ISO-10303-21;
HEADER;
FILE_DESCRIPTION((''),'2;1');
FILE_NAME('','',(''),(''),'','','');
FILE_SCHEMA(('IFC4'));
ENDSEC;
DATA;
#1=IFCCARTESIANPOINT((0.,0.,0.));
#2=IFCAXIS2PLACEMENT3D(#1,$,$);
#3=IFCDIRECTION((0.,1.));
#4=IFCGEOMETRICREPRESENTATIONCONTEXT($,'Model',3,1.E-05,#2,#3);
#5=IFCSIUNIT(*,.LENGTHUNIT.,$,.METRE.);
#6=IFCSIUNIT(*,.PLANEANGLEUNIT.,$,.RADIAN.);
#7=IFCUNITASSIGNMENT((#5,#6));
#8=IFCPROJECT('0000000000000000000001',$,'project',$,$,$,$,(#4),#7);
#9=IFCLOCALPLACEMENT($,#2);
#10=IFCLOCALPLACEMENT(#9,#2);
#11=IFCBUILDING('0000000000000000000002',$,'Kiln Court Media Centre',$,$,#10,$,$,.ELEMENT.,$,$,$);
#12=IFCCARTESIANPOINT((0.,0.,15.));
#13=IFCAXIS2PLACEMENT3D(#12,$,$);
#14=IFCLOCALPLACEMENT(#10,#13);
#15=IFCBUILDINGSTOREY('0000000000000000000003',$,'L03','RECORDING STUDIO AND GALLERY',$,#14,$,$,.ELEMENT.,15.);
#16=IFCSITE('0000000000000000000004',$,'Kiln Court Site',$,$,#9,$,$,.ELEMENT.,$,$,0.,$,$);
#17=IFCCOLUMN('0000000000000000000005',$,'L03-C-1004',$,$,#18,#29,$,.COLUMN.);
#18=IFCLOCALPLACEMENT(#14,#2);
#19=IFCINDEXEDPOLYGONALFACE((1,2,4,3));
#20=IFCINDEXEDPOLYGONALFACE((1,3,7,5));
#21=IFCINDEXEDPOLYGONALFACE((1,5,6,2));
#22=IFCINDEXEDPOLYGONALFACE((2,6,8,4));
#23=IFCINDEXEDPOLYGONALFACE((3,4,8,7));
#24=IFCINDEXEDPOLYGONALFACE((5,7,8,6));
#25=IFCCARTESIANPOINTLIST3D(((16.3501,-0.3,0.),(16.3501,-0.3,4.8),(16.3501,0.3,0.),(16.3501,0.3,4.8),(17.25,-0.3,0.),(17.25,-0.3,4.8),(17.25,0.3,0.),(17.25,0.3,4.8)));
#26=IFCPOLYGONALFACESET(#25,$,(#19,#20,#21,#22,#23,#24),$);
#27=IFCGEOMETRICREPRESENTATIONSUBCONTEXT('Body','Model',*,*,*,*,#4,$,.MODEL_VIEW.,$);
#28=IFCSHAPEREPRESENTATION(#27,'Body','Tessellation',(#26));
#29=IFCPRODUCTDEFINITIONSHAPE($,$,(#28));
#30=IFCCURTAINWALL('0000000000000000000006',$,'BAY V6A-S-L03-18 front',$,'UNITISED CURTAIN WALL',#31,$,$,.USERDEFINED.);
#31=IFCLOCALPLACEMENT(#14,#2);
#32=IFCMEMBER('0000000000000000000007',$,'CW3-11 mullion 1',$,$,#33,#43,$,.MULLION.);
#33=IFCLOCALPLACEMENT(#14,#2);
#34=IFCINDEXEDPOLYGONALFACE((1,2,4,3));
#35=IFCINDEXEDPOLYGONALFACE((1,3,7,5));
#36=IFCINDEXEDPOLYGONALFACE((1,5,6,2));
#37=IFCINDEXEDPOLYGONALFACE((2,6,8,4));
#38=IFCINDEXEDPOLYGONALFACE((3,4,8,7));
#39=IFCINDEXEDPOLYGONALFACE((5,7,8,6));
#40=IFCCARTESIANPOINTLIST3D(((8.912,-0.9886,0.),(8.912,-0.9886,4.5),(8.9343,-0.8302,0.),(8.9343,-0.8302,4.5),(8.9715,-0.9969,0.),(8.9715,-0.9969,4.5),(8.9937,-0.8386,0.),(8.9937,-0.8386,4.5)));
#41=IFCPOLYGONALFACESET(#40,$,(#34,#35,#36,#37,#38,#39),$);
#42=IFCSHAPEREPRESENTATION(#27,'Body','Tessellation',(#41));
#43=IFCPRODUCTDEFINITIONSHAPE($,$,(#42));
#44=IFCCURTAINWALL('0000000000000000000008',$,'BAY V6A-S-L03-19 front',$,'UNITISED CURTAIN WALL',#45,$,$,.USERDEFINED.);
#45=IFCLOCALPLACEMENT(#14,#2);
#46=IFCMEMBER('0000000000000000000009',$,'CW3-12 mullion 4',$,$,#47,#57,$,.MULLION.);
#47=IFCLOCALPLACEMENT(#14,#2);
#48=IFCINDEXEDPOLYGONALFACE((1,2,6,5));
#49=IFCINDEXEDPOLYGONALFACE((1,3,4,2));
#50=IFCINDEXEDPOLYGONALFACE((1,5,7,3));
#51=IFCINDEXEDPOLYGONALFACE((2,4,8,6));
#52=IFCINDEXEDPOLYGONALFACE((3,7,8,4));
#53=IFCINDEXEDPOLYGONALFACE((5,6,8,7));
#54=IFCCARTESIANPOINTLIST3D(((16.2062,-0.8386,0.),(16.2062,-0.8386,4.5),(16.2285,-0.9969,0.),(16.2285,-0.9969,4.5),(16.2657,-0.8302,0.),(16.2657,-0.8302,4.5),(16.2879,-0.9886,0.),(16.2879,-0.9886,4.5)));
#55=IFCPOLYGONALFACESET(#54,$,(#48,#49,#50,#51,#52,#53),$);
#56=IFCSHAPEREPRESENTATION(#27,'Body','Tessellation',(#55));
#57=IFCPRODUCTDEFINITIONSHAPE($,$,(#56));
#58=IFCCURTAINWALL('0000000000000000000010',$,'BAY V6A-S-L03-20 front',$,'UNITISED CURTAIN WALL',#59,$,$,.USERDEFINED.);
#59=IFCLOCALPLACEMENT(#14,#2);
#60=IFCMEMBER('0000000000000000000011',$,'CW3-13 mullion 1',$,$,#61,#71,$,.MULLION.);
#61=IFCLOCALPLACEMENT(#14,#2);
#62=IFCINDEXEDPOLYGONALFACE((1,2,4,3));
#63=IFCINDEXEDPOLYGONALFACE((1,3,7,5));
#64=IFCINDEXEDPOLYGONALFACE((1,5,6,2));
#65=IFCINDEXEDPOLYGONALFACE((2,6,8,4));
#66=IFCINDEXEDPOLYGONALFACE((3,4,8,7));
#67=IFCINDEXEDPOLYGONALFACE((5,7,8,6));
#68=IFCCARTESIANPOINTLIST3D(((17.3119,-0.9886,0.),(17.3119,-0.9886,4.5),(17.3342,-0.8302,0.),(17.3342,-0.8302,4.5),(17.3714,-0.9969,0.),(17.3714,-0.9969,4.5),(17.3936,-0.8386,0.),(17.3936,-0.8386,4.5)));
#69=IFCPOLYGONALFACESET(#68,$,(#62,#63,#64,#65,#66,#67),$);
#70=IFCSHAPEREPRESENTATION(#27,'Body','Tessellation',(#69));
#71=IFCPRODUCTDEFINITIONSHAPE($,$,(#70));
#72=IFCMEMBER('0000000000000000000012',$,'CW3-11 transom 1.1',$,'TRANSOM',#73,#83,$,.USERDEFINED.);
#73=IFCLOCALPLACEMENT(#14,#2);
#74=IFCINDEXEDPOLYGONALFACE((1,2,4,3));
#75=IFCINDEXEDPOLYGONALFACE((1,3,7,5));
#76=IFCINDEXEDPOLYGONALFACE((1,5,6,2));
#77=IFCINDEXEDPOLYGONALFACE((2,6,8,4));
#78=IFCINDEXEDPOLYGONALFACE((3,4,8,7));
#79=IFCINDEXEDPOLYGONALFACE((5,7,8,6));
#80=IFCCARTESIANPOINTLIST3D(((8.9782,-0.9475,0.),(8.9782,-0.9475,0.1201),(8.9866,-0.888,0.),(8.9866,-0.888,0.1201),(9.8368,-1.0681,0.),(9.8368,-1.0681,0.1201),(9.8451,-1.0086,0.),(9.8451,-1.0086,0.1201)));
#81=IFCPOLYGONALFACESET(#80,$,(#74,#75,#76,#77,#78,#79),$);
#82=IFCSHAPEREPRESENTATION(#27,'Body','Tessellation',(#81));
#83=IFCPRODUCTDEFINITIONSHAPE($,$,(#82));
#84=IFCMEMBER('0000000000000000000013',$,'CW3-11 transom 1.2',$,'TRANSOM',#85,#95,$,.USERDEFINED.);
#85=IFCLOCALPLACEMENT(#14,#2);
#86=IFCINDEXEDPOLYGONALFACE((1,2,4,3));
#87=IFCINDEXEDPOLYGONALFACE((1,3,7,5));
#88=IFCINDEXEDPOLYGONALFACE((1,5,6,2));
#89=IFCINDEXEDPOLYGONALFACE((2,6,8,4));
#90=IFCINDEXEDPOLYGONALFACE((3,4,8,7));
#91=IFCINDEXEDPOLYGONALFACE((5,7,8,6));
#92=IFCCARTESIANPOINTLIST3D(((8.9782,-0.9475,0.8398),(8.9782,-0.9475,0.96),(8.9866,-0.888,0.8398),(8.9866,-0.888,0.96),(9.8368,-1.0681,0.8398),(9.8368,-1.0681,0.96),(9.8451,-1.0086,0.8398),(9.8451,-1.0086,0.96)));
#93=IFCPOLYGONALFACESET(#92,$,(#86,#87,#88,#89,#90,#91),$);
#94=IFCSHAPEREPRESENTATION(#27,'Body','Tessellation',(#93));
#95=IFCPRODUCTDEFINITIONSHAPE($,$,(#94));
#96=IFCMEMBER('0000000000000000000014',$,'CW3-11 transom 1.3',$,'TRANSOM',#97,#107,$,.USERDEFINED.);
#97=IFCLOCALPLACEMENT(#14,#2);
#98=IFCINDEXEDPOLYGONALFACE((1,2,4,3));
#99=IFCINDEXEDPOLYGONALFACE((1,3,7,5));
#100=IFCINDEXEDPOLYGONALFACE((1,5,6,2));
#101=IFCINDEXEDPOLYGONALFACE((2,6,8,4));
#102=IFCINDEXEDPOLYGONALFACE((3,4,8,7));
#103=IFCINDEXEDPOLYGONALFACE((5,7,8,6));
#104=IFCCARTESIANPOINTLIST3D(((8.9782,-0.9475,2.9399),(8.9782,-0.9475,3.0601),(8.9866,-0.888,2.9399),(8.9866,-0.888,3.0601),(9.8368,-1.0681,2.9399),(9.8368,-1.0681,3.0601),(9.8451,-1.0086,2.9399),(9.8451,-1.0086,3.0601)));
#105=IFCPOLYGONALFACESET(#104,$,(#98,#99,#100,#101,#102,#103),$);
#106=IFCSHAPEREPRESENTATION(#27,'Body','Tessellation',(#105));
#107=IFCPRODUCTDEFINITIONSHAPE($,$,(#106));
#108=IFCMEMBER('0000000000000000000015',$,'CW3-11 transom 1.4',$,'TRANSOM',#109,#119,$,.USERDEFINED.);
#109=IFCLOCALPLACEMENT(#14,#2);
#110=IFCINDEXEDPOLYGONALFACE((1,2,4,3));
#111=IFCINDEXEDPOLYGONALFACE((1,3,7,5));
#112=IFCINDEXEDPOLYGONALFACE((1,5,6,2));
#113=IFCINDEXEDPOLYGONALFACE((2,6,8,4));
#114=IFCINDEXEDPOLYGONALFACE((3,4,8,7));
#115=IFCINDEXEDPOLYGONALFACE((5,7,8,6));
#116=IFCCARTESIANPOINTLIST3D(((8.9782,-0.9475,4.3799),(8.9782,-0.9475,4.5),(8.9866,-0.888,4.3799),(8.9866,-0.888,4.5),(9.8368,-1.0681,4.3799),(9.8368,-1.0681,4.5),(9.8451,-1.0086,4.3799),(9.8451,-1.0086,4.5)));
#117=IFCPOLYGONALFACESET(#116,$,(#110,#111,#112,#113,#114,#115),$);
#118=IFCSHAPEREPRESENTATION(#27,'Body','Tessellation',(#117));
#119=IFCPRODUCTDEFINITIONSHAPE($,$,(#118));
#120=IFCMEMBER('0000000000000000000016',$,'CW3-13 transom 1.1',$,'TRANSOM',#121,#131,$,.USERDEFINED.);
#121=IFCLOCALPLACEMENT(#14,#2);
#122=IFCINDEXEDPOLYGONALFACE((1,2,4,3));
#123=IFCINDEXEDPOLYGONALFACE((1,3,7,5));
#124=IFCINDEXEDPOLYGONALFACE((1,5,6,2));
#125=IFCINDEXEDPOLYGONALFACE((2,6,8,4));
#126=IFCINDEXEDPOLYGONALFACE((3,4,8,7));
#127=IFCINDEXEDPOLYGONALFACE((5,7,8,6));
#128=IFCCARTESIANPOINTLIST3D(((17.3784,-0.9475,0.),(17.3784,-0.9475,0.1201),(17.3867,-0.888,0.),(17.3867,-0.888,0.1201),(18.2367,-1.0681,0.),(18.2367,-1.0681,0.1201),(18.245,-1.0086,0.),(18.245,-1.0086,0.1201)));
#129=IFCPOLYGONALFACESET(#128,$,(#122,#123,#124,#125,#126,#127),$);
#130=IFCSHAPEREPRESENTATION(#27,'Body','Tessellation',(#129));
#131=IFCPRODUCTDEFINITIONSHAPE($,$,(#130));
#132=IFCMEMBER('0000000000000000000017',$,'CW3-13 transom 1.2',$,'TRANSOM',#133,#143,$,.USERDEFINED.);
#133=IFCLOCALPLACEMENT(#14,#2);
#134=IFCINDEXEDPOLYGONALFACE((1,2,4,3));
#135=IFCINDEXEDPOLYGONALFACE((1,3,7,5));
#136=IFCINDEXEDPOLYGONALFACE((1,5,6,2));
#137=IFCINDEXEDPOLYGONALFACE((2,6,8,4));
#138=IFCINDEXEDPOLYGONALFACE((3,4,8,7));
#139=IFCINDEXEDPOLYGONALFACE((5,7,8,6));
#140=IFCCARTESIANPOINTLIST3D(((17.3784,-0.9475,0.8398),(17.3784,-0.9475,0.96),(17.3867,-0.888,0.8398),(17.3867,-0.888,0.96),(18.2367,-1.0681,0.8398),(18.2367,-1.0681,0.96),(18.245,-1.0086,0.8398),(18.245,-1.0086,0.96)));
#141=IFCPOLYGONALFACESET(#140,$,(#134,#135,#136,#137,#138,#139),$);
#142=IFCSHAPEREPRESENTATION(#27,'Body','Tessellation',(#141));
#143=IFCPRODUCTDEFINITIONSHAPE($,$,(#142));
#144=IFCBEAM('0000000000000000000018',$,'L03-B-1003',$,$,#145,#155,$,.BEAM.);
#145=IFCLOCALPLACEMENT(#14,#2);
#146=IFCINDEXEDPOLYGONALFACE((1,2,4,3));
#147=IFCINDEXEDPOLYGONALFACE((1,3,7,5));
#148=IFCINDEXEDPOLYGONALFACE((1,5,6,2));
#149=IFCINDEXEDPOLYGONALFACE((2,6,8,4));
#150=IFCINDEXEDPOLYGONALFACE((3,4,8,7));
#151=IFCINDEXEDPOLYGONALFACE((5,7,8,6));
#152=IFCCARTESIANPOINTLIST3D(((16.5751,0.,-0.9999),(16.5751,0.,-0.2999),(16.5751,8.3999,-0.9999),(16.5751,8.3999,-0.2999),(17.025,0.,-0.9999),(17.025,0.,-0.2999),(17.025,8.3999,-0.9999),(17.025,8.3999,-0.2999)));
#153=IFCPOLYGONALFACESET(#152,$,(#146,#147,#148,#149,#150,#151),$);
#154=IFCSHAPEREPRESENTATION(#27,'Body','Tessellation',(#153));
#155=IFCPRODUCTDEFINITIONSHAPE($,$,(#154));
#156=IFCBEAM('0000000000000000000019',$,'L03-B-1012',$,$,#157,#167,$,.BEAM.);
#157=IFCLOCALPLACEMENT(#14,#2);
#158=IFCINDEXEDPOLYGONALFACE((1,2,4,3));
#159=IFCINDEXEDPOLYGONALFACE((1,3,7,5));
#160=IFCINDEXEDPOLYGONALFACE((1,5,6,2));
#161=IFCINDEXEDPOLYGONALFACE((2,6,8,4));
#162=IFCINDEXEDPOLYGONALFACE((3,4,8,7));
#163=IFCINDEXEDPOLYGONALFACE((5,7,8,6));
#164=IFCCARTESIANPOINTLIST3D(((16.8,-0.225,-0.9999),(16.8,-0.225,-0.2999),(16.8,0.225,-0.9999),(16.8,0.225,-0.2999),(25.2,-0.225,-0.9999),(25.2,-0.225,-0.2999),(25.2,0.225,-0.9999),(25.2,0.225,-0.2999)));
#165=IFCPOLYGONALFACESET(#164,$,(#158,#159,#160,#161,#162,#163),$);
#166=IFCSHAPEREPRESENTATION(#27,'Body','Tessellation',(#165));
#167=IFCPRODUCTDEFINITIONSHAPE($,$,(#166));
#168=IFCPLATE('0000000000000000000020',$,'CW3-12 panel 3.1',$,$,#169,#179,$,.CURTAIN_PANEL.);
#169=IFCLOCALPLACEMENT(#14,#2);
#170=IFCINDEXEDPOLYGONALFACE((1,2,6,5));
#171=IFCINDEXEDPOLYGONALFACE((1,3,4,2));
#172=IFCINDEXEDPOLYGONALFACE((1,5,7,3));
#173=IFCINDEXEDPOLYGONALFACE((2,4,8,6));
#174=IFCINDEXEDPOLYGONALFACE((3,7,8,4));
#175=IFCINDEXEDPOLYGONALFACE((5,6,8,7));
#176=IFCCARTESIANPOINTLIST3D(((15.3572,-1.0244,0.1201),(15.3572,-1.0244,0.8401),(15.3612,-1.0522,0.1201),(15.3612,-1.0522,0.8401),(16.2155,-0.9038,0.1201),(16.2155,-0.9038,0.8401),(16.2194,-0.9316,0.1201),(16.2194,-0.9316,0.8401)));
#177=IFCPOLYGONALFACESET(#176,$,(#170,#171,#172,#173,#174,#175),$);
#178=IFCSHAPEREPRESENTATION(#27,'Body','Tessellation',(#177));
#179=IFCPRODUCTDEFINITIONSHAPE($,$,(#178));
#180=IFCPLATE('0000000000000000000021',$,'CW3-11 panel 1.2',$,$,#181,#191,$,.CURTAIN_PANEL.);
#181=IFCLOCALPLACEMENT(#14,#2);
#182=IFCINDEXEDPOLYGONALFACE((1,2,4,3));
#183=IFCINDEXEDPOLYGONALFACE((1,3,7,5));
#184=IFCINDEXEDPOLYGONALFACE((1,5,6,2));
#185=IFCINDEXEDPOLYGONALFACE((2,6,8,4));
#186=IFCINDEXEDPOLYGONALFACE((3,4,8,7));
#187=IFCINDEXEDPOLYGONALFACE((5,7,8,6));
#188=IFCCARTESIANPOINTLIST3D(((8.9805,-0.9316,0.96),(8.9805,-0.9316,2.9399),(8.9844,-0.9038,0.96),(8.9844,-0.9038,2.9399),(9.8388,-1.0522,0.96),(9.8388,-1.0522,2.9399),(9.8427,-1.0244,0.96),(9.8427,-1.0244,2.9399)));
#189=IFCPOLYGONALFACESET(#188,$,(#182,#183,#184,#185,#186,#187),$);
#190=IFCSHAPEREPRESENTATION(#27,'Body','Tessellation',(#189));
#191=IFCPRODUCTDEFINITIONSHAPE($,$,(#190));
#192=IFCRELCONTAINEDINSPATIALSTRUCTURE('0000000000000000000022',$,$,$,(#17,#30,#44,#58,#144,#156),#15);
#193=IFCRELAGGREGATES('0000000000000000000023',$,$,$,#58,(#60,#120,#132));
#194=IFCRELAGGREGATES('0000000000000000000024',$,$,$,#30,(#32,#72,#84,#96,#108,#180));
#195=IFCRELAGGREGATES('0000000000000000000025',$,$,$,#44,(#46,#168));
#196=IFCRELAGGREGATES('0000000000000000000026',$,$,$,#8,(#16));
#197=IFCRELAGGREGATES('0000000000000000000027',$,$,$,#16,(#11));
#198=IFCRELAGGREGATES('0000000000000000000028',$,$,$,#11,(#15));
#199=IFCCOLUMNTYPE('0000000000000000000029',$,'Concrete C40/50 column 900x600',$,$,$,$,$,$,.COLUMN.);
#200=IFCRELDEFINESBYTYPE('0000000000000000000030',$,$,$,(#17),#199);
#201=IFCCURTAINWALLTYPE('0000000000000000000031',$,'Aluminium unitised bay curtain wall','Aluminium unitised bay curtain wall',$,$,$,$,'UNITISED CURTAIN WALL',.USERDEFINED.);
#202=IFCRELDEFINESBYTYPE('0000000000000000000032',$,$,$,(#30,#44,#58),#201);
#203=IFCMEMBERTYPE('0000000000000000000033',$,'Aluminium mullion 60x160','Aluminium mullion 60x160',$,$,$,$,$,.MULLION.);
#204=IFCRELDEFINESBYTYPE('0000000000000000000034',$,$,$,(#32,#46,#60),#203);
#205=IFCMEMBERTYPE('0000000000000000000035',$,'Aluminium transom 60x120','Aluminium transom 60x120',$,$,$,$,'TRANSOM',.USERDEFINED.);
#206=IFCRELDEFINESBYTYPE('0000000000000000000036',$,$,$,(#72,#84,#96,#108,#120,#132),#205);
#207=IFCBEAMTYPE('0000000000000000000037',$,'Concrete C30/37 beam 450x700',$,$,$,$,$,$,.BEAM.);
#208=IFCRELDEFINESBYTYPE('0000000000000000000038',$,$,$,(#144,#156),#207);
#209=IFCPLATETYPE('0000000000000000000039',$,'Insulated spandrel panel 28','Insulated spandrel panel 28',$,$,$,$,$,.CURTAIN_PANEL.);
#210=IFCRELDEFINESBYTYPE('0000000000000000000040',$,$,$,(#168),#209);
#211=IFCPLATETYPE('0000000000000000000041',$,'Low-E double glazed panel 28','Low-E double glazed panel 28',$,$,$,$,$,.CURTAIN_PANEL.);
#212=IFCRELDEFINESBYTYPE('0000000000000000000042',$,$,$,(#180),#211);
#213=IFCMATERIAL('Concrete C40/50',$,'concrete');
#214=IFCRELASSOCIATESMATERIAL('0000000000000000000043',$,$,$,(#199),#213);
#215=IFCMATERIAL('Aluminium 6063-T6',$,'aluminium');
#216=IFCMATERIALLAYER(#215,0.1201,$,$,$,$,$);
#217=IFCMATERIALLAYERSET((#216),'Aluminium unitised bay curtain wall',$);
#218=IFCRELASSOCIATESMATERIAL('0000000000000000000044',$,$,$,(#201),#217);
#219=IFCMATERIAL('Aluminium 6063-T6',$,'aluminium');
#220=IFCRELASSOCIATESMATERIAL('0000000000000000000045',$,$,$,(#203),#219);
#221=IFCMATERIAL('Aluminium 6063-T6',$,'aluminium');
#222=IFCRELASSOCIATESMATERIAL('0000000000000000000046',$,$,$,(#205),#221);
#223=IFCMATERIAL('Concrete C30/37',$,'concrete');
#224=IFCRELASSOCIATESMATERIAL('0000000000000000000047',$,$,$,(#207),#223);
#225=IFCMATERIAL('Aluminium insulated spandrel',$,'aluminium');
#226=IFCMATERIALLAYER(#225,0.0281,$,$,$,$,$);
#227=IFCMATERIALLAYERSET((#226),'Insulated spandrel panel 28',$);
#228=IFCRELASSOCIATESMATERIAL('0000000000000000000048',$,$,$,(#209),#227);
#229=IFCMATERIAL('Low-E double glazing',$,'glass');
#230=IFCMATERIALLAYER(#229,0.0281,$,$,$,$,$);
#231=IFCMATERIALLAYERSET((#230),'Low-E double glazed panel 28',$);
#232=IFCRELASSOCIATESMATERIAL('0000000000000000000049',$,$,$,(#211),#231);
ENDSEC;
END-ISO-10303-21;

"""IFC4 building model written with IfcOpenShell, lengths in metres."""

from ifc_helpers import new_model, si_unit, direction, frame, origin, origin_2d, place, context, subcontext, project, spatial, rectangle, extrude, material, layer, layer_set, material_profile, profile_set, type_object, element, aggregate, save


model = new_model("IFC4")

# Units and contexts
model_context = context("Model", 3, precision=1e-05, world=origin(), true_north=direction((0.0, 1.0)))
body_context = subcontext(model_context, "Body", "Model", "MODEL_VIEW")
ifc_project = project(units=[si_unit("LENGTHUNIT", "METRE"), si_unit("PLANEANGLEUNIT", "RADIAN")], contexts=[model_context])

# Site, building, storey
site_placement = place(None, origin())
site = spatial("IfcSite", under=ifc_project, at=site_placement, Name="Kiln Court Site", CompositionType="ELEMENT", RefElevation=0.0)
building_placement = place(site_placement, origin())
building = spatial("IfcBuilding", under=site, at=building_placement, Name="Kiln Court Media Centre", CompositionType="ELEMENT")
storey_placement = place(building_placement, frame((0.0, 0.0, 15.0)))
storey = spatial("IfcBuildingStorey", under=building, at=storey_placement, Name="L03", Description="RECORDING STUDIO AND GALLERY", CompositionType="ELEMENT", Elevation=15.0)

# Column
ifc_material_1 = material(Name="Concrete C40/50", Category="concrete")
ifc_material_profile_1 = material_profile(ifc_material_1, rectangle(XDim=0.8999, YDim=0.6001, at=origin_2d()), Name="RC 900x600")
ifc_profile_set_1 = profile_set([ifc_material_profile_1], Name="Concrete C40/50")
column_type = type_object("IfcColumnType", Name="Concrete C40/50 column 900x600", PredefinedType="COLUMN", material=ifc_profile_set_1)
column_placement = place(storey_placement, frame((16.8, 0.0, 0.0), z_axis=(0.0, 0.0, 1.0), x_axis=(1.0, 0.0, 0.0)))
element("IfcColumn", 1, at=column_placement, inside=storey, type_object=column_type, Name="L03-C-1004", PredefinedType="COLUMN", context=body_context, shape_type="SweptSolid", body=[
    extrude(rectangle(XDim=0.8999, YDim=0.6001, at=origin_2d()), origin(), (0.0, 0.0, 1.0), 4.8),
])

# Curtain walls, members
ifc_material_2 = material(Name="Aluminium 6063-T6", Category="aluminium")
ifc_layer_1 = layer(ifc_material_2, 0.1201)
ifc_layer_set_1 = layer_set([ifc_layer_1], Name="Aluminium unitised bay curtain wall")
curtain_wall_type = type_object("IfcCurtainWallType", Name="Aluminium unitised bay curtain wall", Description="Aluminium unitised bay curtain wall", ElementType="UNITISED CURTAIN WALL", PredefinedType="USERDEFINED", material=ifc_layer_set_1)
curtain_wall_1_placement = place(storey_placement, origin())
curtain_wall_1 = element("IfcCurtainWall", 2, at=curtain_wall_1_placement, inside=storey, type_object=curtain_wall_type, Name="BAY V6A-S-L03-18 front", ObjectType="UNITISED CURTAIN WALL", PredefinedType="USERDEFINED")
ifc_material_3 = material(Name="Aluminium 6063-T6", Category="aluminium")
ifc_material_profile_2 = material_profile(ifc_material_3, rectangle(XDim=0.0601, YDim=0.1599, at=origin_2d()), Name="Aluminium mullion 60x160")
ifc_profile_set_2 = profile_set([ifc_material_profile_2], Name="Aluminium 6063-T6")
member_type_1 = type_object("IfcMemberType", Name="Aluminium mullion 60x160", Description="Aluminium mullion 60x160", PredefinedType="MULLION", material=ifc_profile_set_2)
member_1_placement = place(storey_placement, frame((8.9529, -0.9136, 0.0), z_axis=(0.0, 0.0, 1.0), x_axis=(0.99027, -0.139162, 0.0)))
member_1 = element("IfcMember", 3, at=member_1_placement, type_object=member_type_1, Name="CW3-11 mullion 1", PredefinedType="MULLION", context=body_context, shape_type="SweptSolid", body=[
    extrude(rectangle(XDim=0.0601, YDim=0.1599, at=origin_2d()), origin(), (0.0, 0.0, 1.0), 4.5),
])
curtain_wall_2_placement = place(storey_placement, origin())
curtain_wall_2 = element("IfcCurtainWall", 4, at=curtain_wall_2_placement, inside=storey, type_object=curtain_wall_type, Name="BAY V6A-S-L03-19 front", ObjectType="UNITISED CURTAIN WALL", PredefinedType="USERDEFINED")
member_2_placement = place(storey_placement, frame((16.2471, -0.9136, 0.0), z_axis=(0.0, 0.0, 1.0), x_axis=(0.99027, 0.139162, 0.0)))
member_2 = element("IfcMember", 5, at=member_2_placement, type_object=member_type_1, Name="CW3-12 mullion 4", PredefinedType="MULLION", context=body_context, shape_type="SweptSolid", body=[
    extrude(rectangle(XDim=0.0601, YDim=0.1599, at=origin_2d()), origin(), (0.0, 0.0, 1.0), 4.5),
])
curtain_wall_3_placement = place(storey_placement, origin())
curtain_wall_3 = element("IfcCurtainWall", 6, at=curtain_wall_3_placement, inside=storey, type_object=curtain_wall_type, Name="BAY V6A-S-L03-20 front", ObjectType="UNITISED CURTAIN WALL", PredefinedType="USERDEFINED")
member_3_placement = place(storey_placement, frame((17.3528, -0.9136, 0.0), z_axis=(0.0, 0.0, 1.0), x_axis=(0.99027, -0.139162, 0.0)))
member_3 = element("IfcMember", 7, at=member_3_placement, type_object=member_type_1, Name="CW3-13 mullion 1", PredefinedType="MULLION", context=body_context, shape_type="SweptSolid", body=[
    extrude(rectangle(XDim=0.0601, YDim=0.1599, at=origin_2d()), origin(), (0.0, 0.0, 1.0), 4.5),
])

# Members
ifc_material_4 = material(Name="Aluminium 6063-T6", Category="aluminium")
ifc_material_profile_3 = material_profile(ifc_material_4, rectangle(XDim=0.0601, YDim=0.1201, at=origin_2d()), Name="Aluminium transom 60x120")
ifc_profile_set_3 = profile_set([ifc_material_profile_3], Name="Aluminium 6063-T6")
member_type_2 = type_object("IfcMemberType", Name="Aluminium transom 60x120", Description="Aluminium transom 60x120", ElementType="TRANSOM", PredefinedType="USERDEFINED", material=ifc_profile_set_3)
member_4_placement = place(storey_placement, frame((8.9824, -0.9177, 0.0601), z_axis=(0.990274, -0.139134, 0.0), x_axis=(0.139134, 0.990274, 0.0)))
member_4 = element("IfcMember", 8, at=member_4_placement, type_object=member_type_2, Name="CW3-11 transom 1.1", ObjectType="TRANSOM", PredefinedType="USERDEFINED", context=body_context, shape_type="SweptSolid", body=[
    extrude(rectangle(XDim=0.0601, YDim=0.1201, at=origin_2d()), origin(), (0.0, 0.0, 1.0), 0.8669),
])
member_5_placement = place(storey_placement, frame((8.9824, -0.9177, 0.8999), z_axis=(0.990274, -0.139134, 0.0), x_axis=(0.139134, 0.990274, 0.0)))
member_5 = element("IfcMember", 9, at=member_5_placement, type_object=member_type_2, Name="CW3-11 transom 1.2", ObjectType="TRANSOM", PredefinedType="USERDEFINED", context=body_context, shape_type="SweptSolid", body=[
    extrude(rectangle(XDim=0.0601, YDim=0.1201, at=origin_2d()), origin(), (0.0, 0.0, 1.0), 0.8669),
])
member_6_placement = place(storey_placement, frame((8.9824, -0.9177, 3.0), z_axis=(0.990274, -0.139134, 0.0), x_axis=(0.139134, 0.990274, 0.0)))
member_6 = element("IfcMember", 10, at=member_6_placement, type_object=member_type_2, Name="CW3-11 transom 1.3", ObjectType="TRANSOM", PredefinedType="USERDEFINED", context=body_context, shape_type="SweptSolid", body=[
    extrude(rectangle(XDim=0.0601, YDim=0.1201, at=origin_2d()), origin(), (0.0, 0.0, 1.0), 0.8669),
])
member_7_placement = place(storey_placement, frame((8.9824, -0.9177, 4.4399), z_axis=(0.990274, -0.139134, 0.0), x_axis=(0.139134, 0.990274, 0.0)))
member_7 = element("IfcMember", 11, at=member_7_placement, type_object=member_type_2, Name="CW3-11 transom 1.4", ObjectType="TRANSOM", PredefinedType="USERDEFINED", context=body_context, shape_type="SweptSolid", body=[
    extrude(rectangle(XDim=0.0601, YDim=0.1201, at=origin_2d()), origin(), (0.0, 0.0, 1.0), 0.8669),
])
member_8_placement = place(storey_placement, frame((17.3826, -0.9177, 0.0601), z_axis=(0.990268, -0.139173, 0.0), x_axis=(0.139173, 0.990268, 0.0)))
member_8 = element("IfcMember", 12, at=member_8_placement, type_object=member_type_2, Name="CW3-13 transom 1.1", ObjectType="TRANSOM", PredefinedType="USERDEFINED", context=body_context, shape_type="SweptSolid", body=[
    extrude(rectangle(XDim=0.0601, YDim=0.1201, at=origin_2d()), origin(), (0.0, 0.0, 1.0), 0.8667),
])
member_9_placement = place(storey_placement, frame((17.3826, -0.9177, 0.8999), z_axis=(0.990268, -0.139173, 0.0), x_axis=(0.139173, 0.990268, 0.0)))
member_9 = element("IfcMember", 13, at=member_9_placement, type_object=member_type_2, Name="CW3-13 transom 1.2", ObjectType="TRANSOM", PredefinedType="USERDEFINED", context=body_context, shape_type="SweptSolid", body=[
    extrude(rectangle(XDim=0.0601, YDim=0.1201, at=origin_2d()), origin(), (0.0, 0.0, 1.0), 0.8667),
])
aggregate(curtain_wall_3, [member_3, member_8, member_9])

# Beams
ifc_material_5 = material(Name="Concrete C30/37", Category="concrete")
ifc_material_profile_4 = material_profile(ifc_material_5, rectangle(XDim=0.45, YDim=0.7, at=origin_2d()), Name="RC 450x700")
ifc_profile_set_4 = profile_set([ifc_material_profile_4], Name="Concrete C30/37")
beam_type = type_object("IfcBeamType", Name="Concrete C30/37 beam 450x700", PredefinedType="BEAM", material=ifc_profile_set_4)
for number, where, z_axis, x_axis, name in (
    (14, (16.8, 0.0, -0.6499), (0.0, 1.0, 0.0), (-1.0, 0.0, 0.0), "L03-B-1003"),
    (15, (16.8, 0.0, -0.6499), (1.0, 0.0, 0.0), (0.0, 1.0, 0.0), "L03-B-1012"),
):
    element("IfcBeam", number, at=place(storey_placement, frame(where, z_axis=z_axis, x_axis=x_axis)), inside=storey, type_object=beam_type, Name=name, PredefinedType="BEAM", context=body_context, shape_type="SweptSolid", body=[
        extrude(rectangle(XDim=0.45, YDim=0.7, at=origin_2d()), origin(), (0.0, 0.0, 1.0), 8.3999),
    ])

# Plates
ifc_material_6 = material(Name="Aluminium insulated spandrel", Category="aluminium")
ifc_layer_2 = layer(ifc_material_6, 0.0281)
ifc_layer_set_2 = layer_set([ifc_layer_2], Name="Insulated spandrel panel 28")
plate_type_1 = type_object("IfcPlateType", Name="Insulated spandrel panel 28", Description="Insulated spandrel panel 28", PredefinedType="CURTAIN_PANEL", material=ifc_layer_set_2)
plate_1_placement = place(storey_placement, frame((15.7883, -0.978, 0.1201), z_axis=(0.0, 0.0, 1.0), x_axis=(0.99027, 0.139162, 0.0)))
plate_1 = element("IfcPlate", 16, at=plate_1_placement, type_object=plate_type_1, Name="CW3-12 panel 3.1", PredefinedType="CURTAIN_PANEL", context=body_context, shape_type="SweptSolid", body=[
    extrude(rectangle(XDim=0.8667, YDim=0.0281, at=origin_2d()), origin(), (0.0, 0.0, 1.0), 0.72),
])
ifc_material_7 = material(Name="Low-E double glazing", Category="glass")
ifc_layer_3 = layer(ifc_material_7, 0.0281)
ifc_layer_set_3 = layer_set([ifc_layer_3], Name="Low-E double glazed panel 28")
plate_type_2 = type_object("IfcPlateType", Name="Low-E double glazed panel 28", Description="Low-E double glazed panel 28", PredefinedType="CURTAIN_PANEL", material=ifc_layer_set_3)
plate_2_placement = place(storey_placement, frame((9.4116, -0.978, 0.96), z_axis=(0.0, 0.0, 1.0), x_axis=(0.99027, -0.139162, 0.0)))
plate_2 = element("IfcPlate", 17, at=plate_2_placement, type_object=plate_type_2, Name="CW3-11 panel 1.2", PredefinedType="CURTAIN_PANEL", context=body_context, shape_type="SweptSolid", body=[
    extrude(rectangle(XDim=0.8667, YDim=0.0281, at=origin_2d()), origin(), (0.0, 0.0, 1.0), 1.98),
])
aggregate(curtain_wall_1, [member_1, member_4, member_5, member_6, member_7, plate_2])
aggregate(curtain_wall_2, [member_2, plate_1])

save(model, "model.ifc")
